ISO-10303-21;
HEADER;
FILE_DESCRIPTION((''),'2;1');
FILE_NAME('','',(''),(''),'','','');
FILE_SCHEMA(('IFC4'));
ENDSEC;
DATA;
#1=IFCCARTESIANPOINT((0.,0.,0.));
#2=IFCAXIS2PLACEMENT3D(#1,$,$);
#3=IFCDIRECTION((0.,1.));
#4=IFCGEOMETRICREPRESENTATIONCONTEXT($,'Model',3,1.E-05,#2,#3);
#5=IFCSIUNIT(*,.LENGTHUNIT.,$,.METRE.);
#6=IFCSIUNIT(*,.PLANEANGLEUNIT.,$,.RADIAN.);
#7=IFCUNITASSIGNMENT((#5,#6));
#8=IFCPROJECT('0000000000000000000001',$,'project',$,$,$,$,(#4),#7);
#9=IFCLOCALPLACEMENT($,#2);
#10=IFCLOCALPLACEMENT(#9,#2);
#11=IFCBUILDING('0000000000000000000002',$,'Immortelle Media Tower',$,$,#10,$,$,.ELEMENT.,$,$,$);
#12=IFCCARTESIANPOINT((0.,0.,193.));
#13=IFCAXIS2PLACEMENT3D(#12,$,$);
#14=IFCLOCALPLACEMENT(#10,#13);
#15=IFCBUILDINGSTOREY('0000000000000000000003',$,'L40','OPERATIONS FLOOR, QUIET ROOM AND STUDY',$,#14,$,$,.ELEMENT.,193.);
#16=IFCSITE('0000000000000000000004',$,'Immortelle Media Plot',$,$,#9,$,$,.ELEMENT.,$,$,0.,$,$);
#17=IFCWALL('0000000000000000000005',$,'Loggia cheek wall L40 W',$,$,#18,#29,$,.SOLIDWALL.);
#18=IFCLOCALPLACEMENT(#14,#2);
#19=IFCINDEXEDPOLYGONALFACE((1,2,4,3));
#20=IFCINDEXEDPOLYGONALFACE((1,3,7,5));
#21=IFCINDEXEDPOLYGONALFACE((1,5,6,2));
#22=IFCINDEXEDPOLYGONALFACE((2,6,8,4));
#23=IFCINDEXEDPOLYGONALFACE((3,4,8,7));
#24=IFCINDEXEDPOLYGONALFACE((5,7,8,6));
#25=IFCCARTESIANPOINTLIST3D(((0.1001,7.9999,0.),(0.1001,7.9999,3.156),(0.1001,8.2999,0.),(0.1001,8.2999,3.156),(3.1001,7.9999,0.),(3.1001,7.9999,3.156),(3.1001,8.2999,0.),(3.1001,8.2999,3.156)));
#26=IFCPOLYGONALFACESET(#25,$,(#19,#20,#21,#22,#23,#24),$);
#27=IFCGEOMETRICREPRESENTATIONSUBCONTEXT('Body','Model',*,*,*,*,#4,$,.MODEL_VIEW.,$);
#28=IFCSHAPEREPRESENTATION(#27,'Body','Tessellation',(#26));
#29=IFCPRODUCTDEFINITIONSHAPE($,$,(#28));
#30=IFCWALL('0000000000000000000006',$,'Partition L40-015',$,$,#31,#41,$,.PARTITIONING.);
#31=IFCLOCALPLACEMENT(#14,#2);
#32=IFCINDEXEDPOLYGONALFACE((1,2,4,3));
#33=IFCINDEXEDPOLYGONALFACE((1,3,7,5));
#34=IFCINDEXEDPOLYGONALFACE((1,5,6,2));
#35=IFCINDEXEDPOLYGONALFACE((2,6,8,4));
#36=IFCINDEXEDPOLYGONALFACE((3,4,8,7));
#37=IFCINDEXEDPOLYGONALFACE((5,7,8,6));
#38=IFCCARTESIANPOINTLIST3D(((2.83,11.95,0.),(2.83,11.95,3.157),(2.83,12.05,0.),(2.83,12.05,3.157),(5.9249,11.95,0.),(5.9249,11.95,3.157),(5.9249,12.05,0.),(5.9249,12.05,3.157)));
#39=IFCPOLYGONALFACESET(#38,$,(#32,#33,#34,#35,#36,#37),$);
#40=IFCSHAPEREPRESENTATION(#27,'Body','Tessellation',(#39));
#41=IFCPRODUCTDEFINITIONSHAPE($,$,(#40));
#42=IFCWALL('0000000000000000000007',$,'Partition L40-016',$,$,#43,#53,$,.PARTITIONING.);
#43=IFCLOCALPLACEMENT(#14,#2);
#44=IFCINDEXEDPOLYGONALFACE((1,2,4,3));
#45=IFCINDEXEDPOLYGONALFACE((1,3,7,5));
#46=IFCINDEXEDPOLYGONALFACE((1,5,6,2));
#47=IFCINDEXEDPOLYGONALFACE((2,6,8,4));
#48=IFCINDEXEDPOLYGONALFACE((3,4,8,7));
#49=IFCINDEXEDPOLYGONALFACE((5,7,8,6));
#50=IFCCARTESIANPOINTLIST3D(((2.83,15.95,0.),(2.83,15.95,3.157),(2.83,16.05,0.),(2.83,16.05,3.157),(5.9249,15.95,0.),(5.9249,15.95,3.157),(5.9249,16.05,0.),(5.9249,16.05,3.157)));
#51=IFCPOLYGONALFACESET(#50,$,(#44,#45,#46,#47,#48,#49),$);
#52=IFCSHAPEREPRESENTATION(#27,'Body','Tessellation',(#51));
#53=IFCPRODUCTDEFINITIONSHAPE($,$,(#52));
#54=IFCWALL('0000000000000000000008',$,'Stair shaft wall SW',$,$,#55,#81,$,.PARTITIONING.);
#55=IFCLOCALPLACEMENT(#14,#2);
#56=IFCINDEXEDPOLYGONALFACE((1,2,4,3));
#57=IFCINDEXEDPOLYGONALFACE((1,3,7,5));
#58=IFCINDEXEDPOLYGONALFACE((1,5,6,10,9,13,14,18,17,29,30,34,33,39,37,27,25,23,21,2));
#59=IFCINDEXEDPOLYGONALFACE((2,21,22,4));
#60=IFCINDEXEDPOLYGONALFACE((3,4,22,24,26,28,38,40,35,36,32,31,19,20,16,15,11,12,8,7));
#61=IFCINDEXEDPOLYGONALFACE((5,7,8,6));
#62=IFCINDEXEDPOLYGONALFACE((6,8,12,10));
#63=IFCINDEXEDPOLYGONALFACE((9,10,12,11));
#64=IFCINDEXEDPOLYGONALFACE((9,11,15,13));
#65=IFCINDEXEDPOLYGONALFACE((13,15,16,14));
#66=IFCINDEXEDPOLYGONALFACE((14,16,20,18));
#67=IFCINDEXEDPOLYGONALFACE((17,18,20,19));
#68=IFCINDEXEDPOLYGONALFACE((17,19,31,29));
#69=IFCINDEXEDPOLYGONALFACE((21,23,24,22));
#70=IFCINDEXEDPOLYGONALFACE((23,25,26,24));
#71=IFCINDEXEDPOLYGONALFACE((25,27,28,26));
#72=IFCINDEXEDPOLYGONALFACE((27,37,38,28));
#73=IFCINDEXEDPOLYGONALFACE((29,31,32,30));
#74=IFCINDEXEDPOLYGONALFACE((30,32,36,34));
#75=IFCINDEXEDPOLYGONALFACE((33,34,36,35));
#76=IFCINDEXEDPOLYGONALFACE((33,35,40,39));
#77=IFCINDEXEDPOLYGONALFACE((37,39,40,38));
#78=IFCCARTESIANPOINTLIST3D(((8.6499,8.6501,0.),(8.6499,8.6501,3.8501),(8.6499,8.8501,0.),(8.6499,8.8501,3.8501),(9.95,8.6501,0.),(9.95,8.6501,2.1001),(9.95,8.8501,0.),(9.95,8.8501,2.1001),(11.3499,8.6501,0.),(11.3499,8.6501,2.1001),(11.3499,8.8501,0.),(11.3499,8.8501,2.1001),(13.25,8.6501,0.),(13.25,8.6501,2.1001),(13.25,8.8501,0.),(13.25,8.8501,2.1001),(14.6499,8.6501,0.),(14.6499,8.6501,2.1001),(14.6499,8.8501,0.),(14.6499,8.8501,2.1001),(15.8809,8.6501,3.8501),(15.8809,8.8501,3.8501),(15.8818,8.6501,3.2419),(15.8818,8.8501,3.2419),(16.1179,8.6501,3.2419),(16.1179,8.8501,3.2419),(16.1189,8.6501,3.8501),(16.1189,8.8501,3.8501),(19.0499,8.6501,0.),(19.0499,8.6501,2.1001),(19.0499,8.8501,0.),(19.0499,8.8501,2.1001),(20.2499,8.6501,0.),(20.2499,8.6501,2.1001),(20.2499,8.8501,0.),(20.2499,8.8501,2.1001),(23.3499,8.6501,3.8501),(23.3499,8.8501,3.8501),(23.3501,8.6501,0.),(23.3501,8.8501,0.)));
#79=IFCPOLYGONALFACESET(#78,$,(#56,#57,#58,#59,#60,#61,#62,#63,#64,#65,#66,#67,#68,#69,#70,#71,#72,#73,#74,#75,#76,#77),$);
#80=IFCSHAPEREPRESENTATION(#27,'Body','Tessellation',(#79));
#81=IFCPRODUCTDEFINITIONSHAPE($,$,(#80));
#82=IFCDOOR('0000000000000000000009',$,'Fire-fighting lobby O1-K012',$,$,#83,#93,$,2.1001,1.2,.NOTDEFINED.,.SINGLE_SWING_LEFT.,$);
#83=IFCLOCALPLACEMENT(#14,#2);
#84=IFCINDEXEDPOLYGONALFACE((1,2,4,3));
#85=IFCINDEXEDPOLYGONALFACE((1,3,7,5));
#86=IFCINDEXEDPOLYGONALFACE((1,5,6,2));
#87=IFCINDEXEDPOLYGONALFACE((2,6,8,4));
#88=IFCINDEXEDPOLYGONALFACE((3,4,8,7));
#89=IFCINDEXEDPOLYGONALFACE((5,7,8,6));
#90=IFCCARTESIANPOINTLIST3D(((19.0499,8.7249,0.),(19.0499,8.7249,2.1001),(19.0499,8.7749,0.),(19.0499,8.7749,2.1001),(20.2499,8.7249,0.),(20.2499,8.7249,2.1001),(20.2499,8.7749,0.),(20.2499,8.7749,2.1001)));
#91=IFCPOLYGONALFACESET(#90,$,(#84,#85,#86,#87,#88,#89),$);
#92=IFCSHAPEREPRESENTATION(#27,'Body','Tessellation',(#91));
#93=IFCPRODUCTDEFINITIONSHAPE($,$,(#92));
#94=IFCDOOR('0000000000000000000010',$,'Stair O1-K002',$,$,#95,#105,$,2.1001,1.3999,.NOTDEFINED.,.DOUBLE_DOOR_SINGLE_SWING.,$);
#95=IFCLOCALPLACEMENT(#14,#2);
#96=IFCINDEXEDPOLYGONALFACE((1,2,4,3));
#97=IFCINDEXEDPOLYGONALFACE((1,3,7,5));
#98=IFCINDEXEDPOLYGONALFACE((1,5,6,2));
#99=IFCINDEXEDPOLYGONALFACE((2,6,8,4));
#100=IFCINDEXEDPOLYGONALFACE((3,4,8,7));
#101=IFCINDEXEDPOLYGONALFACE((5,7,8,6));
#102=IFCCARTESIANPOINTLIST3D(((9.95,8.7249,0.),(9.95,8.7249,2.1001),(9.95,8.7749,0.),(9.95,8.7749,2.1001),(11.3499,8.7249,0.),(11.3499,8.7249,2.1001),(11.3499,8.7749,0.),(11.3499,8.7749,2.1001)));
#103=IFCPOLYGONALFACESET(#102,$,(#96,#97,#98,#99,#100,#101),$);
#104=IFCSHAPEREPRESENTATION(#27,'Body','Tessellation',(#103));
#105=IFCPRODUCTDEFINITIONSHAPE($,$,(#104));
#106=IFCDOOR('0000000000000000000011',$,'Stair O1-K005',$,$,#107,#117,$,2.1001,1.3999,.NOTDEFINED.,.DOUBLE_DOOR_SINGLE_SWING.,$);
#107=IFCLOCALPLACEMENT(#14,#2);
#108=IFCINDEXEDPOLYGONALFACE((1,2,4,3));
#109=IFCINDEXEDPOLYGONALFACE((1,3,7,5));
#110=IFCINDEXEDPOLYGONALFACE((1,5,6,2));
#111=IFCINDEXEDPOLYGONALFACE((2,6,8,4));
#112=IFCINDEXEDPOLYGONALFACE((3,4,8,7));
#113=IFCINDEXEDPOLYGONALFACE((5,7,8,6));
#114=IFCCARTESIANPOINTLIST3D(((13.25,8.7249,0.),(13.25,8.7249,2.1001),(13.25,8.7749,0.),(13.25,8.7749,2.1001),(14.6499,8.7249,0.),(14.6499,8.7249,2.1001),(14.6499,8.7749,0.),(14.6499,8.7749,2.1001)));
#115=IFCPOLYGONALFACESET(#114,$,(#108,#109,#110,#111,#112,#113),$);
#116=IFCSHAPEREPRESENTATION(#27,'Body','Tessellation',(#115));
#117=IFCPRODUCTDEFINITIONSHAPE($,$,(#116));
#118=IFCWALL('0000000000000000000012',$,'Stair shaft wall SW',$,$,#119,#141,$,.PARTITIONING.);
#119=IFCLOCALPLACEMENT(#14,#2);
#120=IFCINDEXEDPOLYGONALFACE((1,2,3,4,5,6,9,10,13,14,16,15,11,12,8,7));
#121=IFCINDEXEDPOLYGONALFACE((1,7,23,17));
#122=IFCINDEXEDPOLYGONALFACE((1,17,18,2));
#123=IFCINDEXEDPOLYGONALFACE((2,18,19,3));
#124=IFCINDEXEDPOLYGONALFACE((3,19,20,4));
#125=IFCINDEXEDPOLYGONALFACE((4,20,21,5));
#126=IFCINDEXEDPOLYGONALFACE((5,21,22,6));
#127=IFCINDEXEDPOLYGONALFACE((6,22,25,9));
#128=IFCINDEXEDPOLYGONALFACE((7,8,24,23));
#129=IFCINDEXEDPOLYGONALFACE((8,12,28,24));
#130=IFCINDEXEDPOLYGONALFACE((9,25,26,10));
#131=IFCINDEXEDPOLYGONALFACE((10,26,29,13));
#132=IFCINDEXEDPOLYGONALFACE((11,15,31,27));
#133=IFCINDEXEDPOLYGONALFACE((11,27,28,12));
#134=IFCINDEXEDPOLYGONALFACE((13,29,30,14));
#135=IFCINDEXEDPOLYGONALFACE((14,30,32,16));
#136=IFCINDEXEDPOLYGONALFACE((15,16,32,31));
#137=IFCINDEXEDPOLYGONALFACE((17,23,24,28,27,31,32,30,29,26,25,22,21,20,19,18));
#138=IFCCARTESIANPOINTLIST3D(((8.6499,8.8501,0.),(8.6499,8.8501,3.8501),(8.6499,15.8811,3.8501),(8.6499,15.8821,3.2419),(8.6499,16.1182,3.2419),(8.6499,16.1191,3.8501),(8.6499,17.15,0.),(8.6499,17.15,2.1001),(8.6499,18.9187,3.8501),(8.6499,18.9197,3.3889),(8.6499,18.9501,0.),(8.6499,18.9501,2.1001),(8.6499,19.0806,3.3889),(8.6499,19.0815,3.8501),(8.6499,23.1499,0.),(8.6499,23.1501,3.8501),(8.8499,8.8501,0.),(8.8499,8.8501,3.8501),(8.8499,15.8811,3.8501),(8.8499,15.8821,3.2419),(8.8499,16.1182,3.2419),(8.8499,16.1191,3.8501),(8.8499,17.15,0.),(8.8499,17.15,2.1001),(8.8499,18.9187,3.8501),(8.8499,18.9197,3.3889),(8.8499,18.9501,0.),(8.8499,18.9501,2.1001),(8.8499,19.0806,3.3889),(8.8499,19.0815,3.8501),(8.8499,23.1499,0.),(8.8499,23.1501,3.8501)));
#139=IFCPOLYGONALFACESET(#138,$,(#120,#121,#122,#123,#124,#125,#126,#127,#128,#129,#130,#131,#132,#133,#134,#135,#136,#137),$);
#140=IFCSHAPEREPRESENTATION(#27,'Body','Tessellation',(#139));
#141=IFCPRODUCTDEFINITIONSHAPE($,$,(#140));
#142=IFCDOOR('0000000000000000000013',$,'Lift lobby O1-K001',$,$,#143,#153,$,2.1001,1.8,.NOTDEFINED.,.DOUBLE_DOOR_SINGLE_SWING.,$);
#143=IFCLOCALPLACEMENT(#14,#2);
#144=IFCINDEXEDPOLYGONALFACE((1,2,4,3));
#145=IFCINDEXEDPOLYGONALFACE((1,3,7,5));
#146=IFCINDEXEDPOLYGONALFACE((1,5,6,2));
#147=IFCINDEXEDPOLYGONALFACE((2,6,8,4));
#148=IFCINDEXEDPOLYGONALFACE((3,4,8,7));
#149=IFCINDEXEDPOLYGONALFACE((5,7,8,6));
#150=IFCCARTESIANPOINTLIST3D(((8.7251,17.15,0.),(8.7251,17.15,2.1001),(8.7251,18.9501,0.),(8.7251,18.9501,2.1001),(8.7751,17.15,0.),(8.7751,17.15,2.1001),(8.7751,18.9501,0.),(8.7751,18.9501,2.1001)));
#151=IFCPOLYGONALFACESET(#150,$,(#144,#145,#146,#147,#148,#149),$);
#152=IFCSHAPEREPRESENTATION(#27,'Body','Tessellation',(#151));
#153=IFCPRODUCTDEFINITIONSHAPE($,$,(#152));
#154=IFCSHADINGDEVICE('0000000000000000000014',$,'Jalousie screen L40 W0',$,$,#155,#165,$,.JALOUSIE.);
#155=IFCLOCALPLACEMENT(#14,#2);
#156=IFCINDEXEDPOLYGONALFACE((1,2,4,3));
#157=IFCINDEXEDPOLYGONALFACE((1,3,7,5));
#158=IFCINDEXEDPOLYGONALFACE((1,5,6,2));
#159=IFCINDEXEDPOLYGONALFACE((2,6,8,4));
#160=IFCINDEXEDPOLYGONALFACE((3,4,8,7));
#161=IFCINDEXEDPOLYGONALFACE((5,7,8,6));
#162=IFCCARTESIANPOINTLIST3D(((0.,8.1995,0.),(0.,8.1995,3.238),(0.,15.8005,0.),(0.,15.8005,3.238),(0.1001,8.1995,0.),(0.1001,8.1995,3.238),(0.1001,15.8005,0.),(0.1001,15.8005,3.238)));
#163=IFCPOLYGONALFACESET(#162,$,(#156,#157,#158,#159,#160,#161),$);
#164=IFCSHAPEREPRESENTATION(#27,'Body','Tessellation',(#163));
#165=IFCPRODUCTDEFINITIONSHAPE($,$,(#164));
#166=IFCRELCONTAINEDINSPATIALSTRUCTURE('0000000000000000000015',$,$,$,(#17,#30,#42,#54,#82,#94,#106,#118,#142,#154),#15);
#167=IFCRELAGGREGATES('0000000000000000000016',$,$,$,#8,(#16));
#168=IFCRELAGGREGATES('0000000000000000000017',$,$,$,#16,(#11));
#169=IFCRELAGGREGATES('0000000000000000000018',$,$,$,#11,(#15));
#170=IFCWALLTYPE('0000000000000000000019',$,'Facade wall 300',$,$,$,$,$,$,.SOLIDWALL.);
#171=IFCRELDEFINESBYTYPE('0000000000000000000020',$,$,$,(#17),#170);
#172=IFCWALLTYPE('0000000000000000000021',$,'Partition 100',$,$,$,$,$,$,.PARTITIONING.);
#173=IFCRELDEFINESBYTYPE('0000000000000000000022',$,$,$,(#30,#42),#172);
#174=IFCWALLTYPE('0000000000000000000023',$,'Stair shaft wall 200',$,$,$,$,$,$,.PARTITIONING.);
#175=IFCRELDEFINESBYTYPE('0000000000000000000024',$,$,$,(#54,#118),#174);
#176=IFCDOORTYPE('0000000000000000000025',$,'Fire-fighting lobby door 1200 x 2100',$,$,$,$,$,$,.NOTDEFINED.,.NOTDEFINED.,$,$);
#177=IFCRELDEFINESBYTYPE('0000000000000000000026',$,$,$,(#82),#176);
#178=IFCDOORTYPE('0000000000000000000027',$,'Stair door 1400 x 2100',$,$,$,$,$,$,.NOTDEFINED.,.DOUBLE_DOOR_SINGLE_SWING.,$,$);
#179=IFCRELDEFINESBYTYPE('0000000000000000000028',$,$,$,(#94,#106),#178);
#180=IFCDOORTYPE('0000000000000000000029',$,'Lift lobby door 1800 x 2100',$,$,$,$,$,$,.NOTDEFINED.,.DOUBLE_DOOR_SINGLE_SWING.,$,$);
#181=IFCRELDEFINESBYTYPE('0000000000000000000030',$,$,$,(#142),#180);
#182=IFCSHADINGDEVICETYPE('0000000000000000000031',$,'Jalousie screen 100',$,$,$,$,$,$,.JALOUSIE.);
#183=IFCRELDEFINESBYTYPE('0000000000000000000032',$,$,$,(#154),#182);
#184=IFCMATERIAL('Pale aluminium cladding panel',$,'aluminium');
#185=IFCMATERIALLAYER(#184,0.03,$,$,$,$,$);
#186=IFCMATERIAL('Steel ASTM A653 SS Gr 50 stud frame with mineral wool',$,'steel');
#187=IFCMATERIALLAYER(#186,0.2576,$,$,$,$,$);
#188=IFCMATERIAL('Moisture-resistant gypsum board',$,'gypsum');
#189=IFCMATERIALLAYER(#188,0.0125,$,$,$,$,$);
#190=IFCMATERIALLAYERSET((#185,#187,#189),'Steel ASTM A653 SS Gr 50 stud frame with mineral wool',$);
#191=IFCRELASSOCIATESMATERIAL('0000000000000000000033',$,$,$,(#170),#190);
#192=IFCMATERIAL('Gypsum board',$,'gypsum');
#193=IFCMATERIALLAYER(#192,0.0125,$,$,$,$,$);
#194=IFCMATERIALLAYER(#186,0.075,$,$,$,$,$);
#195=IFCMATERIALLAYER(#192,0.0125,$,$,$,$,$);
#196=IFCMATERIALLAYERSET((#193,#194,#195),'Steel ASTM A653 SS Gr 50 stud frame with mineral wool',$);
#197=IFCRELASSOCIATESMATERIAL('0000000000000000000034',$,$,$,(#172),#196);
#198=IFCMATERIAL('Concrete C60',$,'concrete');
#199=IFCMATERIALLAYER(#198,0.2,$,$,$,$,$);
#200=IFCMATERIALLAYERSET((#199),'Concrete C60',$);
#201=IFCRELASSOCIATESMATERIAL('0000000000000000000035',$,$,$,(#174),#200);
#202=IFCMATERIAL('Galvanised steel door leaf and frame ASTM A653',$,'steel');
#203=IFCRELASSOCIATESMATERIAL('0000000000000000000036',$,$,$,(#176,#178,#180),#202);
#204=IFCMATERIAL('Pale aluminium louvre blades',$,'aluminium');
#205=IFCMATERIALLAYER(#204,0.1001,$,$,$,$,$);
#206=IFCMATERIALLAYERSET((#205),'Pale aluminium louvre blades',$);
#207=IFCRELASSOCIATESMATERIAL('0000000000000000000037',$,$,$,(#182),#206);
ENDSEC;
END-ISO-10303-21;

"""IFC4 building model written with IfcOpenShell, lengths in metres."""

from ifc_helpers import new_model, si_unit, direction, frame, frame_2d, origin, origin_2d, place, context, subcontext, project, spatial, polyline, rectangle, outline, extrude, material, layer, layer_set, type_object, element, fill, save


model = new_model("IFC4")

# Units and contexts
model_context = context("Model", 3, precision=1e-05, world=origin(), true_north=direction((0.0, 1.0)))
body_context = subcontext(model_context, "Body", "Model", "MODEL_VIEW")
ifc_project = project(units=[si_unit("LENGTHUNIT", "METRE"), si_unit("PLANEANGLEUNIT", "RADIAN")], contexts=[model_context])

# Site, building, storey
site_placement = place(None, origin())
site = spatial("IfcSite", under=ifc_project, at=site_placement, Name="Immortelle Media Plot", CompositionType="ELEMENT", RefElevation=0.0)
building_placement = place(site_placement, origin())
building = spatial("IfcBuilding", under=site, at=building_placement, Name="Immortelle Media Tower", CompositionType="ELEMENT")
storey_placement = place(building_placement, frame((0.0, 0.0, 193.0)))
storey = spatial("IfcBuildingStorey", under=building, at=storey_placement, Name="L40", Description="OPERATIONS FLOOR, QUIET ROOM AND STUDY", CompositionType="ELEMENT", Elevation=193.0)

# Shared definitions
ifc_material_1 = material(Name="Pale aluminium cladding panel", Category="aluminium")
ifc_layer_1 = layer(ifc_material_1, 0.03)
ifc_material_2 = material(Name="Steel ASTM A653 SS Gr 50 stud frame with mineral wool", Category="steel")
ifc_layer_2 = layer(ifc_material_2, 0.2576)
ifc_material_3 = material(Name="Moisture-resistant gypsum board", Category="gypsum")
ifc_layer_3 = layer(ifc_material_3, 0.0125)
ifc_layer_set_1 = layer_set([ifc_layer_1, ifc_layer_2, ifc_layer_3], Name="Steel ASTM A653 SS Gr 50 stud frame with mineral wool")
wall_type_1 = type_object("IfcWallType", Name="Facade wall 300", PredefinedType="SOLIDWALL", material=ifc_layer_set_1)

# Walls
for number, where, z_axis, x_axis, name in (
    (1, (0.1001, 8.1499, 0.0), (0.0, 0.0, 1.0), (1.0, 0.0, 0.0), "Loggia cheek wall L40 W"),
):
    element("IfcWall", number, at=place(storey_placement, frame(where, z_axis=z_axis, x_axis=x_axis)), inside=storey, type_object=wall_type_1, Name=name, PredefinedType="SOLIDWALL", context=body_context, shape_type="SweptSolid", body=[
        extrude(rectangle(XDim=3.0, YDim=0.3, at=frame_2d((1.5, 0.0))), origin(), (0.0, 0.0, 1.0), 3.156),
    ])
ifc_material_4 = material(Name="Gypsum board", Category="gypsum")
ifc_layer_4 = layer(ifc_material_4, 0.0125)
ifc_layer_5 = layer(ifc_material_2, 0.075)
ifc_layer_6 = layer(ifc_material_4, 0.0125)
ifc_layer_set_2 = layer_set([ifc_layer_4, ifc_layer_5, ifc_layer_6], Name="Steel ASTM A653 SS Gr 50 stud frame with mineral wool")
wall_type_2 = type_object("IfcWallType", Name="Partition 100", PredefinedType="PARTITIONING", material=ifc_layer_set_2)
for number, where, z_axis, x_axis, name in (
    (2, (2.8301, 12.0, 0.0), (0.0, 0.0, 1.0), (1.0, 0.0, 0.0), "Partition L40-015"),
    (3, (2.8301, 16.0, 0.0), (0.0, 0.0, 1.0), (1.0, 0.0, 0.0), "Partition L40-016"),
):
    element("IfcWall", number, at=place(storey_placement, frame(where, z_axis=z_axis, x_axis=x_axis)), inside=storey, type_object=wall_type_2, Name=name, PredefinedType="PARTITIONING", context=body_context, shape_type="SweptSolid", body=[
        extrude(rectangle(XDim=3.095, YDim=0.1001, at=frame_2d((1.5474, 0.0))), origin(), (0.0, 0.0, 1.0), 3.157),
    ])

# Wall, openings, doors
ifc_material_5 = material(Name="Concrete C60", Category="concrete")
ifc_layer_7 = layer(ifc_material_5, 0.2)
ifc_layer_set_3 = layer_set([ifc_layer_7], Name="Concrete C60")
wall_type_3 = type_object("IfcWallType", Name="Stair shaft wall 200", PredefinedType="PARTITIONING", material=ifc_layer_set_3)
wall_1_placement = place(storey_placement, frame((8.6499, 8.75, 0.0), z_axis=(0.0, 0.0, 1.0), x_axis=(1.0, 0.0, 0.0)))
wall_1 = element("IfcWall", 4, at=wall_1_placement, inside=storey, type_object=wall_type_3, Name="Stair shaft wall SW", PredefinedType="PARTITIONING", context=body_context, shape_type="SweptSolid", body=[
    extrude(outline(polyline([(0.0, 0.0), (14.7002, 0.0), (14.7, 3.8501), (7.469, 3.8501), (7.468, 3.2419), (7.2319, 3.2419), (7.231, 3.8501), (0.0, 3.8501), (0.0, 0.0)])), frame((0.0, 0.1001, 0.0), z_axis=(0.0, -1.0, 0.0), x_axis=(1.0, 0.0, 0.0)), (0.0, 0.0, 1.0), 0.2),
])
opening_1_placement = place(wall_1_placement, frame((1.3, 0.0, 0.0)))
opening_1 = element("IfcOpeningElement", 5, at=opening_1_placement, cuts=wall_1, PredefinedType="OPENING", context=body_context, shape_type="SweptSolid", body=[
    extrude(rectangle(XDim=1.3999, YDim=2.1001, at=frame_2d((0.7, 1.05))), frame((0.0, 0.1099, 0.0), z_axis=(0.0, -1.0, 0.0), x_axis=(1.0, 0.0, 0.0)), (0.0, 0.0, 1.0), 0.22),
])
opening_2_placement = place(wall_1_placement, frame((4.6001, 0.0, 0.0)))
opening_2 = element("IfcOpeningElement", 6, at=opening_2_placement, cuts=wall_1, PredefinedType="OPENING", context=body_context, shape_type="SweptSolid", body=[
    extrude(rectangle(XDim=1.3999, YDim=2.1001, at=frame_2d((0.7, 1.05))), frame((0.0, 0.1099, 0.0), z_axis=(0.0, -1.0, 0.0), x_axis=(1.0, 0.0, 0.0)), (0.0, 0.0, 1.0), 0.22),
])
opening_3_placement = place(wall_1_placement, frame((10.3999, 0.0, 0.0)))
opening_3 = element("IfcOpeningElement", 7, at=opening_3_placement, cuts=wall_1, PredefinedType="OPENING", context=body_context, shape_type="SweptSolid", body=[
    extrude(rectangle(XDim=1.2, YDim=2.1001, at=frame_2d((0.6001, 1.05))), frame((0.0, 0.1099, 0.0), z_axis=(0.0, -1.0, 0.0), x_axis=(1.0, 0.0, 0.0)), (0.0, 0.0, 1.0), 0.22),
])
ifc_material_6 = material(Name="Galvanised steel door leaf and frame ASTM A653", Category="steel")
door_type_1 = type_object("IfcDoorType", Name="Fire-fighting lobby door 1200 x 2100", OperationType="NOTDEFINED", PredefinedType="NOTDEFINED", material=ifc_material_6)
door_1_placement = place(opening_3_placement, origin())
door_1 = element("IfcDoor", 8, at=door_1_placement, inside=storey, type_object=door_type_1, Name="Fire-fighting lobby O1-K012", OperationType="SINGLE_SWING_LEFT", OverallHeight=2.1001, OverallWidth=1.2, PredefinedType="NOTDEFINED", context=body_context, shape_type="SweptSolid", body=[
    extrude(rectangle(XDim=1.2, YDim=2.1001, at=frame_2d((0.6001, 1.05))), frame((0.0, 0.0249, 0.0), z_axis=(0.0, -1.0, 0.0), x_axis=(1.0, 0.0, 0.0)), (0.0, 0.0, 1.0), 0.05),
])
fill(opening_3, door_1)
door_type_2 = type_object("IfcDoorType", Name="Stair door 1400 x 2100", OperationType="DOUBLE_DOOR_SINGLE_SWING", PredefinedType="NOTDEFINED", material=ifc_material_6)
door_2_placement = place(opening_1_placement, origin())
door_2 = element("IfcDoor", 9, at=door_2_placement, inside=storey, type_object=door_type_2, Name="Stair O1-K002", OperationType="DOUBLE_DOOR_SINGLE_SWING", OverallHeight=2.1001, OverallWidth=1.3999, PredefinedType="NOTDEFINED", context=body_context, shape_type="SweptSolid", body=[
    extrude(rectangle(XDim=1.3999, YDim=2.1001, at=frame_2d((0.7, 1.05))), frame((0.0, 0.0249, 0.0), z_axis=(0.0, -1.0, 0.0), x_axis=(1.0, 0.0, 0.0)), (0.0, 0.0, 1.0), 0.05),
])
fill(opening_1, door_2)
door_3_placement = place(opening_2_placement, origin())
door_3 = element("IfcDoor", 10, at=door_3_placement, inside=storey, type_object=door_type_2, Name="Stair O1-K005", OperationType="DOUBLE_DOOR_SINGLE_SWING", OverallHeight=2.1001, OverallWidth=1.3999, PredefinedType="NOTDEFINED", context=body_context, shape_type="SweptSolid", body=[
    extrude(rectangle(XDim=1.3999, YDim=2.1001, at=frame_2d((0.7, 1.05))), frame((0.0, 0.0249, 0.0), z_axis=(0.0, -1.0, 0.0), x_axis=(1.0, 0.0, 0.0)), (0.0, 0.0, 1.0), 0.05),
])
fill(opening_2, door_3)

# Wall, opening, door
wall_2_placement = place(storey_placement, frame((8.75, 8.8501, 0.0), z_axis=(0.0, 0.0, 1.0), x_axis=(0.0, 1.0, 0.0)))
wall_2 = element("IfcWall", 11, at=wall_2_placement, inside=storey, type_object=wall_type_3, Name="Stair shaft wall SW", PredefinedType="PARTITIONING", context=body_context, shape_type="SweptSolid", body=[
    extrude(outline(polyline([(0.0, 0.0), (14.2998, 0.0), (14.3, 3.8501), (10.2314, 3.8501), (10.2305, 3.3889), (10.0696, 3.3889), (10.0686, 3.8501), (7.269, 3.8501), (7.2681, 3.2419), (7.032, 3.2419), (7.031, 3.8501), (0.0, 3.8501), (0.0, 0.0)])), frame((0.0, 0.1001, 0.0), z_axis=(0.0, -1.0, 0.0), x_axis=(1.0, 0.0, 0.0)), (0.0, 0.0, 1.0), 0.2),
])
opening_4_placement = place(wall_2_placement, frame((8.3, 0.0, 0.0)))
opening_4 = element("IfcOpeningElement", 12, at=opening_4_placement, cuts=wall_2, PredefinedType="OPENING", context=body_context, shape_type="SweptSolid", body=[
    extrude(rectangle(XDim=1.8, YDim=2.1001, at=frame_2d((0.8999, 1.05))), frame((0.0, 0.1099, 0.0), z_axis=(0.0, -1.0, 0.0), x_axis=(1.0, 0.0, 0.0)), (0.0, 0.0, 1.0), 0.22),
])
door_type_3 = type_object("IfcDoorType", Name="Lift lobby door 1800 x 2100", OperationType="DOUBLE_DOOR_SINGLE_SWING", PredefinedType="NOTDEFINED", material=ifc_material_6)
door_4_placement = place(opening_4_placement, origin())
door_4 = element("IfcDoor", 13, at=door_4_placement, inside=storey, type_object=door_type_3, Name="Lift lobby O1-K001", OperationType="DOUBLE_DOOR_SINGLE_SWING", OverallHeight=2.1001, OverallWidth=1.8, PredefinedType="NOTDEFINED", context=body_context, shape_type="SweptSolid", body=[
    extrude(rectangle(XDim=1.8, YDim=2.1001, at=frame_2d((0.8999, 1.05))), frame((0.0, 0.0249, 0.0), z_axis=(0.0, -1.0, 0.0), x_axis=(1.0, 0.0, 0.0)), (0.0, 0.0, 1.0), 0.05),
])
fill(opening_4, door_4)

# Shading device
ifc_material_7 = material(Name="Pale aluminium louvre blades", Category="aluminium")
ifc_layer_8 = layer(ifc_material_7, 0.1001)
ifc_layer_set_4 = layer_set([ifc_layer_8], Name="Pale aluminium louvre blades")
shading_device_type_1 = type_object("IfcShadingDeviceType", Name="Jalousie screen 100", PredefinedType="JALOUSIE", material=ifc_layer_set_4)
shading_device_1_placement = place(storey_placement, frame((0.05, 12.0, 0.0), z_axis=(0.0, 0.0, 1.0), x_axis=(0.0, -1.0, 0.0)))
element("IfcShadingDevice", 14, at=shading_device_1_placement, inside=storey, type_object=shading_device_type_1, Name="Jalousie screen L40 W0", PredefinedType="JALOUSIE", context=body_context, shape_type="SweptSolid", body=[
    extrude(rectangle(XDim=7.6011, YDim=0.1001, at=origin_2d()), origin(), (0.0, 0.0, 1.0), 3.238),
])

save(model, "model.ifc")
